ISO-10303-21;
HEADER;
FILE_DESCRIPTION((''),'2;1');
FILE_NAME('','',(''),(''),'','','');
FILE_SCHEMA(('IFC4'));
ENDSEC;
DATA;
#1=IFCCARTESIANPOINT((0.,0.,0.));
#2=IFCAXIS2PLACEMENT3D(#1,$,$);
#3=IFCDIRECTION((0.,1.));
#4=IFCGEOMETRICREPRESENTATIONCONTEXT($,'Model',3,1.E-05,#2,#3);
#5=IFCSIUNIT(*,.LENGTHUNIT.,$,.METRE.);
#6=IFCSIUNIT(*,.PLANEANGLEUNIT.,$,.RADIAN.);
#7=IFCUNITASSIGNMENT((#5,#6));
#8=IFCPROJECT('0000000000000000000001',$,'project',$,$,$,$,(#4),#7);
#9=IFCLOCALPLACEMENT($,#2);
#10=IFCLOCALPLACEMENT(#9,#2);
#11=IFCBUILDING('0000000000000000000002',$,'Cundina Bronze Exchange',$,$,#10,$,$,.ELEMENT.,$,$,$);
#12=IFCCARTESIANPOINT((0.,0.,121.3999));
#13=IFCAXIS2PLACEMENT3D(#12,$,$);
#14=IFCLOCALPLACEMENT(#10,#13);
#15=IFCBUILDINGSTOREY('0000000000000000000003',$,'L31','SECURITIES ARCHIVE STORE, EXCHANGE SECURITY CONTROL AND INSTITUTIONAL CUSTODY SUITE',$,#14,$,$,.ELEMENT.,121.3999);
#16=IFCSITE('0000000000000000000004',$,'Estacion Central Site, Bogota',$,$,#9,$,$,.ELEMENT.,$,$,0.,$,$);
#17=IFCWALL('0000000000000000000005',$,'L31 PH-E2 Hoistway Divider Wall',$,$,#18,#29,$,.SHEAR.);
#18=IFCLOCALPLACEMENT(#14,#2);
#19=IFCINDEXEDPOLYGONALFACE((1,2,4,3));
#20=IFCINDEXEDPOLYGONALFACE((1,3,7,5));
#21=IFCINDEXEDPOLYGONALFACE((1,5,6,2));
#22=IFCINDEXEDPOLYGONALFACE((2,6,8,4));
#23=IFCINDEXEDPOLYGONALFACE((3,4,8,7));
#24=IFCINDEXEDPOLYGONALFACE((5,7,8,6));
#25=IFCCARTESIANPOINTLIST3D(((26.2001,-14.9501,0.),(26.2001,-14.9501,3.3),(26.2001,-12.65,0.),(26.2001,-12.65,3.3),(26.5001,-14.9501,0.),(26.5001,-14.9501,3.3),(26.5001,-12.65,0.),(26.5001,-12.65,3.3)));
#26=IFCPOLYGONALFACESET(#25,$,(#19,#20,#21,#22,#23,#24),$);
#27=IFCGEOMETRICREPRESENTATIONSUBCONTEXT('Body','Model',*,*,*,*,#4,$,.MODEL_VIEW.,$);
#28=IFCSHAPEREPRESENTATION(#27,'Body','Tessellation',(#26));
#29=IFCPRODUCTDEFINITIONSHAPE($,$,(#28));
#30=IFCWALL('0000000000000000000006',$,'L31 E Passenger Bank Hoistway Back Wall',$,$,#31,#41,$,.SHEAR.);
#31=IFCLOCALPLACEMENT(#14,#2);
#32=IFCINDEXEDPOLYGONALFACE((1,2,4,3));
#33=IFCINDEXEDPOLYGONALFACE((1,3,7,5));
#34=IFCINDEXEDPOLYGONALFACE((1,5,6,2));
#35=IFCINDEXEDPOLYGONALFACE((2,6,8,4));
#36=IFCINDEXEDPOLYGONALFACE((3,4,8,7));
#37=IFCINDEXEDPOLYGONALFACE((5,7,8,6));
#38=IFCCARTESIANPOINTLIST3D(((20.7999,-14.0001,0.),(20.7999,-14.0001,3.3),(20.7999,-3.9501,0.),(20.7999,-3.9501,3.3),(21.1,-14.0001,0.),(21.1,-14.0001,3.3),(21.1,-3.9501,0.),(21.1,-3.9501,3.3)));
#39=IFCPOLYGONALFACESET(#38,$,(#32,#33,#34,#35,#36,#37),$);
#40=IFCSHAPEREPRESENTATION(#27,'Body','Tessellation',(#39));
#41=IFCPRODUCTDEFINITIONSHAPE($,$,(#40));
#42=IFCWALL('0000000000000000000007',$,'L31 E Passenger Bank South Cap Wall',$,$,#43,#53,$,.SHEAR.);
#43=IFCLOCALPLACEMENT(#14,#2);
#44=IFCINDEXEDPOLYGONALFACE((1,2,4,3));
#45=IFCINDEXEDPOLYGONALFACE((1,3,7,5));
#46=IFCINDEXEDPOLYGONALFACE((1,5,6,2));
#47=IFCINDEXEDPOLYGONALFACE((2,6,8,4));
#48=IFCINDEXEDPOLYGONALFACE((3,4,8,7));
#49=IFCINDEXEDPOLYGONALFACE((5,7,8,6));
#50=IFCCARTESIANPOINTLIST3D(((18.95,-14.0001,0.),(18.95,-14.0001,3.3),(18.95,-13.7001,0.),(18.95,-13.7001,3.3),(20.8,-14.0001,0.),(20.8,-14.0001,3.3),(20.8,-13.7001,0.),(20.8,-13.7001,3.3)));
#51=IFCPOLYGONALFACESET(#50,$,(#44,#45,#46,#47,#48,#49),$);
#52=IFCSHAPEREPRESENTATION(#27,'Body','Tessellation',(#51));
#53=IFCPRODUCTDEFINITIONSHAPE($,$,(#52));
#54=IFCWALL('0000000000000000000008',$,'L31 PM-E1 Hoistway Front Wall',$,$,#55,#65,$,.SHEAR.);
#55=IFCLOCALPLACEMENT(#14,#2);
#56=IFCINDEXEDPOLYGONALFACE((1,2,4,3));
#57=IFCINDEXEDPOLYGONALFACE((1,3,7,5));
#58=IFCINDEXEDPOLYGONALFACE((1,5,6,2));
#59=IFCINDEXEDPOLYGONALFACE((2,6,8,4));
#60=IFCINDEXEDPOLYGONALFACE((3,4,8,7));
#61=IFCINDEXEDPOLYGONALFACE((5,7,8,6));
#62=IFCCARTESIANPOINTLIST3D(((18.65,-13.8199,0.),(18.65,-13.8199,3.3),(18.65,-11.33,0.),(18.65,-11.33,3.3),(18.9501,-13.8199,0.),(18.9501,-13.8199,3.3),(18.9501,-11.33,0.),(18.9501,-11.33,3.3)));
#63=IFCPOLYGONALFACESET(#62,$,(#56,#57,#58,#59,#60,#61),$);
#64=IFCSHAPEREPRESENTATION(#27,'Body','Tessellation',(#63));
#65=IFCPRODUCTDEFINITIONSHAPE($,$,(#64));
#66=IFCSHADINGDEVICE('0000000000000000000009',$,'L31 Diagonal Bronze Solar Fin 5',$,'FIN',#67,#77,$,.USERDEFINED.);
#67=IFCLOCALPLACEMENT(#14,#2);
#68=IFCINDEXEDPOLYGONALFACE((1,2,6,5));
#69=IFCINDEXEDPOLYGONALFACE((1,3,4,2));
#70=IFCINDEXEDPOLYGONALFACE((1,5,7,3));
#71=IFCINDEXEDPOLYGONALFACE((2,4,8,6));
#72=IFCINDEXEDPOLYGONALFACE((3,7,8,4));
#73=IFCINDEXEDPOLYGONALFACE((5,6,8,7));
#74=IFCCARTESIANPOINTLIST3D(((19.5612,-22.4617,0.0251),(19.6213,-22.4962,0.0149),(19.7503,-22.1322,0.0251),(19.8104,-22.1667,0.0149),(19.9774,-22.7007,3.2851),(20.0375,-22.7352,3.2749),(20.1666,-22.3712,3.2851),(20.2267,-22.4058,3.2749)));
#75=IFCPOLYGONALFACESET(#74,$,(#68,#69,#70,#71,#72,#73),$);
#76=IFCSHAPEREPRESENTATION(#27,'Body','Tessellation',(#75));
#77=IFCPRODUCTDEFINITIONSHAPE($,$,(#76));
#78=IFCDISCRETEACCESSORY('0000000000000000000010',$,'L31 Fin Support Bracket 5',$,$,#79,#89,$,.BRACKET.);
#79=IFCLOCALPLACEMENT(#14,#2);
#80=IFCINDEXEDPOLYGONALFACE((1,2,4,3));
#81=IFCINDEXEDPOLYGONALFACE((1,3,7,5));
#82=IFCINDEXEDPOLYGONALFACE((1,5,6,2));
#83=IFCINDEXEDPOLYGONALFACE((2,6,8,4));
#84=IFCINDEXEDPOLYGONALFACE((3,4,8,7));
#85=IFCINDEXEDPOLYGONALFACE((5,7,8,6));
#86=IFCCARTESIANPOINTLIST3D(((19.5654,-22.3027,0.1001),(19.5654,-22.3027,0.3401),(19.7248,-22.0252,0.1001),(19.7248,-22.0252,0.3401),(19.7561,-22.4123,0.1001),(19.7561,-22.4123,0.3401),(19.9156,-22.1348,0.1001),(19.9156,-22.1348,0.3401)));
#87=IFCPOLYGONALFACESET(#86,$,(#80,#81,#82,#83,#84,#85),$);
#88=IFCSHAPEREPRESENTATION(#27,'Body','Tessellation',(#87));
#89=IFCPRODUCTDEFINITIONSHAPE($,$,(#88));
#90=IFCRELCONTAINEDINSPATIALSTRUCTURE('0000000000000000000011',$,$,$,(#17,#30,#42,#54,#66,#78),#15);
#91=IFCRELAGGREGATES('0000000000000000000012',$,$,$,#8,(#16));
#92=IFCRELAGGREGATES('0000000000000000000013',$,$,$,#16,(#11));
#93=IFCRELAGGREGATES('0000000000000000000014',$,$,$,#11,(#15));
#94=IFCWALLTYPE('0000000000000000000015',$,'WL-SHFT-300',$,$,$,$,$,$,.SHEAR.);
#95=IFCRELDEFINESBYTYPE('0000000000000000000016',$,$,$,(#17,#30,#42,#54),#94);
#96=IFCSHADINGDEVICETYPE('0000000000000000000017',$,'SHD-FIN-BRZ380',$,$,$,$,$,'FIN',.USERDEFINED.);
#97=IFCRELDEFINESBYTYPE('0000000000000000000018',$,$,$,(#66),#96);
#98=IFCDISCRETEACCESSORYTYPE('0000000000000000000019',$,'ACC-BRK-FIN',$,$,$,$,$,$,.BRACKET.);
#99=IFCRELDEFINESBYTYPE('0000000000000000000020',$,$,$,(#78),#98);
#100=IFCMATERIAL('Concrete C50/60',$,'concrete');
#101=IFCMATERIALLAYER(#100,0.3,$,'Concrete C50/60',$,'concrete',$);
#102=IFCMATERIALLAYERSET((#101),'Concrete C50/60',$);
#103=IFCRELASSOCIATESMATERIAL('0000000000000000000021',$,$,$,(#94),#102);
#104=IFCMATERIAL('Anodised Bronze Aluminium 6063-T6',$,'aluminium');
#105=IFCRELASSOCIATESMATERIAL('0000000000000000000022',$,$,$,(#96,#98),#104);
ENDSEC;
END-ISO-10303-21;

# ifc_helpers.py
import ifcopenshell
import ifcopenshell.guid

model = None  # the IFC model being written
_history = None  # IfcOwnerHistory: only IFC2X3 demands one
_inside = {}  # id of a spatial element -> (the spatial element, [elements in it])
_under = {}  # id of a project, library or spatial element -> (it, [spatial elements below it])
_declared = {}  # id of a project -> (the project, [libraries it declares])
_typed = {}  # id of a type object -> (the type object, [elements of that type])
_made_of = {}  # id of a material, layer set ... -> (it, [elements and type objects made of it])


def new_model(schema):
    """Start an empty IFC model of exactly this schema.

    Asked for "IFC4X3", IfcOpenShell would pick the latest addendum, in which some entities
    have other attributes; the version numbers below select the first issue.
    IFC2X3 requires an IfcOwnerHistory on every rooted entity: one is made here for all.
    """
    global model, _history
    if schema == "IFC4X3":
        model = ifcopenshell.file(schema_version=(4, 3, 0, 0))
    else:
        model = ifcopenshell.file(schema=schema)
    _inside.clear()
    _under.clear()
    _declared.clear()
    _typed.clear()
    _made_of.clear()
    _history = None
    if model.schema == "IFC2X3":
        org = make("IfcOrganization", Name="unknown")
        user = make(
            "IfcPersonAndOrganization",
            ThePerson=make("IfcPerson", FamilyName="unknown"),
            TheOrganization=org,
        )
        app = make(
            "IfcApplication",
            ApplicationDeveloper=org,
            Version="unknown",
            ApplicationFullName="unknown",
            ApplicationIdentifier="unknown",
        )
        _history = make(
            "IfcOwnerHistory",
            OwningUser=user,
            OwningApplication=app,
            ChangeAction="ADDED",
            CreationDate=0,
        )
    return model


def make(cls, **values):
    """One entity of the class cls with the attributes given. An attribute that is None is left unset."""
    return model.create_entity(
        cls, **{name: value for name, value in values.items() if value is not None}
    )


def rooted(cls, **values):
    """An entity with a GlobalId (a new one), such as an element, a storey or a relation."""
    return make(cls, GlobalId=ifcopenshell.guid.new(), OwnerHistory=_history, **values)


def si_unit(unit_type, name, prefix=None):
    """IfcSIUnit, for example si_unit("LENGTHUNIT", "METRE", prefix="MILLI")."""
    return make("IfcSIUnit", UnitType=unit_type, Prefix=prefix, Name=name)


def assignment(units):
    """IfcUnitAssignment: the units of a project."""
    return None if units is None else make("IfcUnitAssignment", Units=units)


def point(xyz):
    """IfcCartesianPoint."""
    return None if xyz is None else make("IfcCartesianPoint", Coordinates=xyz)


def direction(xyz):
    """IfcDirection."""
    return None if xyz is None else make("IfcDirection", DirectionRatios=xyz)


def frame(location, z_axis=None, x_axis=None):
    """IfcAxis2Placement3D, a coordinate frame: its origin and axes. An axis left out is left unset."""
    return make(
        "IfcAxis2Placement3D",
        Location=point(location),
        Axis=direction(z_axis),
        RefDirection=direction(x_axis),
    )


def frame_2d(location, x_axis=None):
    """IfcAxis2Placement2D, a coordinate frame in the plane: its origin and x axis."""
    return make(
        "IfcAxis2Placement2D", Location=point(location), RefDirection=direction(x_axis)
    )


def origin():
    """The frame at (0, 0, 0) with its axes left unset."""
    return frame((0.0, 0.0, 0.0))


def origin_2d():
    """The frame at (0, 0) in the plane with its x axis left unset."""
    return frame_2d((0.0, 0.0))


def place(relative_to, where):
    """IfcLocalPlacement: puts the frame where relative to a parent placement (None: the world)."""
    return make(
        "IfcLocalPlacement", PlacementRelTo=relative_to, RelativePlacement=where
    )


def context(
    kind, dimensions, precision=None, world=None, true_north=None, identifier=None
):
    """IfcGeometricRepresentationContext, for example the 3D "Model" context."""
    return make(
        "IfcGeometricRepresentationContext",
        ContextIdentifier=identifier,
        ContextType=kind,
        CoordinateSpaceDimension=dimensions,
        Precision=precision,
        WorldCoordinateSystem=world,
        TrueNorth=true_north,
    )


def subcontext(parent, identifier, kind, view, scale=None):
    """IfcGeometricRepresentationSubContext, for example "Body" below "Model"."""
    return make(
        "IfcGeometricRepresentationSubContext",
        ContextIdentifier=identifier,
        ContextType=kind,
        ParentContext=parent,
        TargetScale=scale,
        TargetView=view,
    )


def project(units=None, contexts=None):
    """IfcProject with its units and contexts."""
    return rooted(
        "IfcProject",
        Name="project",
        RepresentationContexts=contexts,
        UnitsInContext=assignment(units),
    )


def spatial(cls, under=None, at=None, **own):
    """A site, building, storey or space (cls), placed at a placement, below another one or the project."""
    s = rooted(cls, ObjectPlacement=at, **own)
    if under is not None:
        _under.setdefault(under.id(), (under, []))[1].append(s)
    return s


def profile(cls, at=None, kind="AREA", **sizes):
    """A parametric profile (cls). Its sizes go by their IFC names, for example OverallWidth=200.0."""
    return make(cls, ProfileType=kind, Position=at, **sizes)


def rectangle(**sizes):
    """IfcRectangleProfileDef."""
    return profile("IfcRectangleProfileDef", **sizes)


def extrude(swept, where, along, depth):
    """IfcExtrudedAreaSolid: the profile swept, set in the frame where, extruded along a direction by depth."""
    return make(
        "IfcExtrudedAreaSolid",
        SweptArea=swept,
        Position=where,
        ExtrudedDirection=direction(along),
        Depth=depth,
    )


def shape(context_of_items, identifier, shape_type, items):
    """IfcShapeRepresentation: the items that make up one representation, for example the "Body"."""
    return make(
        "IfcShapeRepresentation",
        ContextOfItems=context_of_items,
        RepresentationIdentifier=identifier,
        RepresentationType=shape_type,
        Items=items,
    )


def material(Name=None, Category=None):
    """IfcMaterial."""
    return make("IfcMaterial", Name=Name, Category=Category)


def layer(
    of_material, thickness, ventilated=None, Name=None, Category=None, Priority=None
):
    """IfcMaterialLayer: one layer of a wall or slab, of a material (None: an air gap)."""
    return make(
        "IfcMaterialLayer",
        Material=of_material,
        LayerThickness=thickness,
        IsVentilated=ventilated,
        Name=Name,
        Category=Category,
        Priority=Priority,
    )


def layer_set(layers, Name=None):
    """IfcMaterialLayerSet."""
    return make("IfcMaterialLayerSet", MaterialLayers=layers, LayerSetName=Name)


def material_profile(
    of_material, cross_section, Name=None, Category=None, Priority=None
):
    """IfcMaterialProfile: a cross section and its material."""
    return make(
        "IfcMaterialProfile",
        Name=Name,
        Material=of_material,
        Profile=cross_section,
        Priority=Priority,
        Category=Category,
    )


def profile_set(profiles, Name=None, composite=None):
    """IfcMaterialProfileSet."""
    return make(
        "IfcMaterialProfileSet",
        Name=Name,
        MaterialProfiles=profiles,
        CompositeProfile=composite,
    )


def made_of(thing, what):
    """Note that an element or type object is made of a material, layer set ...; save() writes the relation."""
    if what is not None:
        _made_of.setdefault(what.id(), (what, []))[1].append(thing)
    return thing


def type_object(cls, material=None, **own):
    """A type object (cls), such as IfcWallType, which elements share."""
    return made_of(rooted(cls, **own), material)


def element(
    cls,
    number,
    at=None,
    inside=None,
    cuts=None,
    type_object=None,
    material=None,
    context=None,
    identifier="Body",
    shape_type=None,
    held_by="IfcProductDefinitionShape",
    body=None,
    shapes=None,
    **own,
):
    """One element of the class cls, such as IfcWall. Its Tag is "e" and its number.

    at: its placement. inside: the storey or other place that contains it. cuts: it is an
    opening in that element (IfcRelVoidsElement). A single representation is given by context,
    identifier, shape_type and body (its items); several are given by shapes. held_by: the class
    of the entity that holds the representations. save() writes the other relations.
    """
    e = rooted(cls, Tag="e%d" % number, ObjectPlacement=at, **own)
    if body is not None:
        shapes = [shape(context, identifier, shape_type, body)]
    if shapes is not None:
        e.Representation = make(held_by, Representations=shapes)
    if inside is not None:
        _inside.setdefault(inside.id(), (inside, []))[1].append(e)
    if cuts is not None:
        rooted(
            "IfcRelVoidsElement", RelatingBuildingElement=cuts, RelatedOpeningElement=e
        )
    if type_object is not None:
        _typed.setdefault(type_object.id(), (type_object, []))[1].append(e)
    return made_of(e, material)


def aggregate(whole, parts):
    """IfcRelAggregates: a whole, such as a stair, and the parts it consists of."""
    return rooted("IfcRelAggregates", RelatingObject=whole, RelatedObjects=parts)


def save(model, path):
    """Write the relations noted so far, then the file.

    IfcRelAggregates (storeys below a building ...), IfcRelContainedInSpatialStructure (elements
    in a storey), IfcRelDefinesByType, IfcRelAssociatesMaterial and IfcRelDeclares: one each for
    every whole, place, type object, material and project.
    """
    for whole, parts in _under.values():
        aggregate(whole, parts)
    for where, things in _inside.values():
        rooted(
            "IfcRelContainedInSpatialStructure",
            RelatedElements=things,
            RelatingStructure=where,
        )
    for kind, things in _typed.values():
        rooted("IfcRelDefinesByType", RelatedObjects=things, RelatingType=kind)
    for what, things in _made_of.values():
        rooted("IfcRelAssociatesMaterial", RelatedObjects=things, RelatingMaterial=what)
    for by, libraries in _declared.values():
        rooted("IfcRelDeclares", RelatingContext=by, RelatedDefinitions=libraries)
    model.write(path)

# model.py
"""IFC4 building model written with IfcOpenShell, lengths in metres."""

from ifc_helpers import new_model, si_unit, direction, frame, frame_2d, origin, origin_2d, place, context, subcontext, project, spatial, rectangle, extrude, material, layer, layer_set, material_profile, profile_set, type_object, element, save


model = new_model("IFC4")

# Units and contexts
model_context = context("Model", 3, precision=1e-05, world=origin(), true_north=direction((0.0, 1.0)))
body_context = subcontext(model_context, "Body", "Model", "MODEL_VIEW")
ifc_project = project(units=[si_unit("LENGTHUNIT", "METRE"), si_unit("PLANEANGLEUNIT", "RADIAN")], contexts=[model_context])

# Site, building, storey
site_placement = place(None, origin())
site = spatial("IfcSite", under=ifc_project, at=site_placement, Name="Estacion Central Site, Bogota", CompositionType="ELEMENT", RefElevation=0.0)
building_placement = place(site_placement, origin())
building = spatial("IfcBuilding", under=site, at=building_placement, Name="Cundina Bronze Exchange", CompositionType="ELEMENT")
storey_placement = place(building_placement, frame((0.0, 0.0, 121.3999)))
storey = spatial("IfcBuildingStorey", under=building, at=storey_placement, Name="L31", Description="SECURITIES ARCHIVE STORE, EXCHANGE SECURITY CONTROL AND INSTITUTIONAL CUSTODY SUITE", CompositionType="ELEMENT", Elevation=121.3999)

# Shared definitions
ifc_material_1 = material(Name="Anodised Bronze Aluminium 6063-T6", Category="aluminium")

# Walls
ifc_material_2 = material(Name="Concrete C50/60", Category="concrete")
ifc_layer_1 = layer(ifc_material_2, 0.3, Name="Concrete C50/60", Category="concrete")
ifc_layer_set_1 = layer_set([ifc_layer_1], Name="Concrete C50/60")
wall_type_1 = type_object("IfcWallType", Name="WL-SHFT-300", PredefinedType="SHEAR", material=ifc_layer_set_1)
wall_1_placement = place(storey_placement, frame((26.3501, -14.95, 0.0), z_axis=(0.0, 0.0, 1.0), x_axis=(0.0, 1.0, 0.0)))
element("IfcWall", 1, at=wall_1_placement, inside=storey, type_object=wall_type_1, Name="L31 PH-E2 Hoistway Divider Wall", PredefinedType="SHEAR", context=body_context, shape_type="SweptSolid", body=[
    extrude(rectangle(XDim=2.3, YDim=0.3, at=frame_2d((1.1499, 0.0))), origin(), (0.0, 0.0, 1.0), 3.3),
])
wall_2_placement = place(storey_placement, frame((20.95, -14.0, 0.0), z_axis=(0.0, 0.0, 1.0), x_axis=(0.0, 1.0, 0.0)))
element("IfcWall", 2, at=wall_2_placement, inside=storey, type_object=wall_type_1, Name="L31 E Passenger Bank Hoistway Back Wall", PredefinedType="SHEAR", context=body_context, shape_type="SweptSolid", body=[
    extrude(rectangle(XDim=10.05, YDim=0.3, at=frame_2d((5.0249, 0.0))), origin(), (0.0, 0.0, 1.0), 3.3),
])
wall_3_placement = place(storey_placement, frame((18.95, -13.8501, 0.0), z_axis=(0.0, 0.0, 1.0), x_axis=(1.0, 0.0, 0.0)))
element("IfcWall", 3, at=wall_3_placement, inside=storey, type_object=wall_type_1, Name="L31 E Passenger Bank South Cap Wall", PredefinedType="SHEAR", context=body_context, shape_type="SweptSolid", body=[
    extrude(rectangle(XDim=1.8501, YDim=0.3, at=frame_2d((0.925, 0.0))), origin(), (0.0, 0.0, 1.0), 3.3),
])
wall_4_placement = place(storey_placement, frame((18.8, -13.8201, 0.0), z_axis=(0.0, 0.0, 1.0), x_axis=(0.0, 1.0, 0.0)))
element("IfcWall", 4, at=wall_4_placement, inside=storey, type_object=wall_type_1, Name="L31 PM-E1 Hoistway Front Wall", PredefinedType="SHEAR", context=body_context, shape_type="SweptSolid", body=[
    extrude(rectangle(XDim=2.49, YDim=0.3, at=frame_2d((1.2451, 0.0))), origin(), (0.0, 0.0, 1.0), 3.3),
])

# Shading device
ifc_material_profile_1 = material_profile(ifc_material_1, rectangle(XDim=0.0701, YDim=0.3799, at=origin_2d()), Name="FIN70X380", Category="aluminium")
ifc_profile_set_1 = profile_set([ifc_material_profile_1], Name="Anodised Bronze Aluminium 6063-T6")
shading_device_type = type_object("IfcShadingDeviceType", Name="SHD-FIN-BRZ380", ElementType="FIN", PredefinedType="USERDEFINED", material=ifc_profile_set_1)
shading_device_placement = place(storey_placement, frame((19.6858, -22.3142, 0.02), z_axis=(0.126325, -0.072535, 0.989333), x_axis=(-0.857958, 0.492634, 0.145668)))
element("IfcShadingDevice", 5, at=shading_device_placement, inside=storey, type_object=shading_device_type, Name="L31 Diagonal Bronze Solar Fin 5", ObjectType="FIN", PredefinedType="USERDEFINED", context=body_context, shape_type="SweptSolid", body=[
    extrude(rectangle(XDim=0.0701, YDim=0.3799, at=origin_2d()), origin(), (0.0, 0.0, 1.0), 3.2952),
])

# Discrete accessory
discrete_accessory_type = type_object("IfcDiscreteAccessoryType", Name="ACC-BRK-FIN", PredefinedType="BRACKET", material=ifc_material_1)
discrete_accessory_placement = place(storey_placement, frame((19.7405, -22.2188, 0.1001), z_axis=(0.0, 0.0, 1.0), x_axis=(0.867105, -0.498125, 0.0)))
element("IfcDiscreteAccessory", 6, at=discrete_accessory_placement, inside=storey, type_object=discrete_accessory_type, Name="L31 Fin Support Bracket 5", PredefinedType="BRACKET", context=body_context, shape_type="SweptSolid", body=[
    extrude(rectangle(XDim=0.22, YDim=0.3201, at=origin_2d()), origin(), (0.0, 0.0, 1.0), 0.24),
])

save(model, "model.ifc")
